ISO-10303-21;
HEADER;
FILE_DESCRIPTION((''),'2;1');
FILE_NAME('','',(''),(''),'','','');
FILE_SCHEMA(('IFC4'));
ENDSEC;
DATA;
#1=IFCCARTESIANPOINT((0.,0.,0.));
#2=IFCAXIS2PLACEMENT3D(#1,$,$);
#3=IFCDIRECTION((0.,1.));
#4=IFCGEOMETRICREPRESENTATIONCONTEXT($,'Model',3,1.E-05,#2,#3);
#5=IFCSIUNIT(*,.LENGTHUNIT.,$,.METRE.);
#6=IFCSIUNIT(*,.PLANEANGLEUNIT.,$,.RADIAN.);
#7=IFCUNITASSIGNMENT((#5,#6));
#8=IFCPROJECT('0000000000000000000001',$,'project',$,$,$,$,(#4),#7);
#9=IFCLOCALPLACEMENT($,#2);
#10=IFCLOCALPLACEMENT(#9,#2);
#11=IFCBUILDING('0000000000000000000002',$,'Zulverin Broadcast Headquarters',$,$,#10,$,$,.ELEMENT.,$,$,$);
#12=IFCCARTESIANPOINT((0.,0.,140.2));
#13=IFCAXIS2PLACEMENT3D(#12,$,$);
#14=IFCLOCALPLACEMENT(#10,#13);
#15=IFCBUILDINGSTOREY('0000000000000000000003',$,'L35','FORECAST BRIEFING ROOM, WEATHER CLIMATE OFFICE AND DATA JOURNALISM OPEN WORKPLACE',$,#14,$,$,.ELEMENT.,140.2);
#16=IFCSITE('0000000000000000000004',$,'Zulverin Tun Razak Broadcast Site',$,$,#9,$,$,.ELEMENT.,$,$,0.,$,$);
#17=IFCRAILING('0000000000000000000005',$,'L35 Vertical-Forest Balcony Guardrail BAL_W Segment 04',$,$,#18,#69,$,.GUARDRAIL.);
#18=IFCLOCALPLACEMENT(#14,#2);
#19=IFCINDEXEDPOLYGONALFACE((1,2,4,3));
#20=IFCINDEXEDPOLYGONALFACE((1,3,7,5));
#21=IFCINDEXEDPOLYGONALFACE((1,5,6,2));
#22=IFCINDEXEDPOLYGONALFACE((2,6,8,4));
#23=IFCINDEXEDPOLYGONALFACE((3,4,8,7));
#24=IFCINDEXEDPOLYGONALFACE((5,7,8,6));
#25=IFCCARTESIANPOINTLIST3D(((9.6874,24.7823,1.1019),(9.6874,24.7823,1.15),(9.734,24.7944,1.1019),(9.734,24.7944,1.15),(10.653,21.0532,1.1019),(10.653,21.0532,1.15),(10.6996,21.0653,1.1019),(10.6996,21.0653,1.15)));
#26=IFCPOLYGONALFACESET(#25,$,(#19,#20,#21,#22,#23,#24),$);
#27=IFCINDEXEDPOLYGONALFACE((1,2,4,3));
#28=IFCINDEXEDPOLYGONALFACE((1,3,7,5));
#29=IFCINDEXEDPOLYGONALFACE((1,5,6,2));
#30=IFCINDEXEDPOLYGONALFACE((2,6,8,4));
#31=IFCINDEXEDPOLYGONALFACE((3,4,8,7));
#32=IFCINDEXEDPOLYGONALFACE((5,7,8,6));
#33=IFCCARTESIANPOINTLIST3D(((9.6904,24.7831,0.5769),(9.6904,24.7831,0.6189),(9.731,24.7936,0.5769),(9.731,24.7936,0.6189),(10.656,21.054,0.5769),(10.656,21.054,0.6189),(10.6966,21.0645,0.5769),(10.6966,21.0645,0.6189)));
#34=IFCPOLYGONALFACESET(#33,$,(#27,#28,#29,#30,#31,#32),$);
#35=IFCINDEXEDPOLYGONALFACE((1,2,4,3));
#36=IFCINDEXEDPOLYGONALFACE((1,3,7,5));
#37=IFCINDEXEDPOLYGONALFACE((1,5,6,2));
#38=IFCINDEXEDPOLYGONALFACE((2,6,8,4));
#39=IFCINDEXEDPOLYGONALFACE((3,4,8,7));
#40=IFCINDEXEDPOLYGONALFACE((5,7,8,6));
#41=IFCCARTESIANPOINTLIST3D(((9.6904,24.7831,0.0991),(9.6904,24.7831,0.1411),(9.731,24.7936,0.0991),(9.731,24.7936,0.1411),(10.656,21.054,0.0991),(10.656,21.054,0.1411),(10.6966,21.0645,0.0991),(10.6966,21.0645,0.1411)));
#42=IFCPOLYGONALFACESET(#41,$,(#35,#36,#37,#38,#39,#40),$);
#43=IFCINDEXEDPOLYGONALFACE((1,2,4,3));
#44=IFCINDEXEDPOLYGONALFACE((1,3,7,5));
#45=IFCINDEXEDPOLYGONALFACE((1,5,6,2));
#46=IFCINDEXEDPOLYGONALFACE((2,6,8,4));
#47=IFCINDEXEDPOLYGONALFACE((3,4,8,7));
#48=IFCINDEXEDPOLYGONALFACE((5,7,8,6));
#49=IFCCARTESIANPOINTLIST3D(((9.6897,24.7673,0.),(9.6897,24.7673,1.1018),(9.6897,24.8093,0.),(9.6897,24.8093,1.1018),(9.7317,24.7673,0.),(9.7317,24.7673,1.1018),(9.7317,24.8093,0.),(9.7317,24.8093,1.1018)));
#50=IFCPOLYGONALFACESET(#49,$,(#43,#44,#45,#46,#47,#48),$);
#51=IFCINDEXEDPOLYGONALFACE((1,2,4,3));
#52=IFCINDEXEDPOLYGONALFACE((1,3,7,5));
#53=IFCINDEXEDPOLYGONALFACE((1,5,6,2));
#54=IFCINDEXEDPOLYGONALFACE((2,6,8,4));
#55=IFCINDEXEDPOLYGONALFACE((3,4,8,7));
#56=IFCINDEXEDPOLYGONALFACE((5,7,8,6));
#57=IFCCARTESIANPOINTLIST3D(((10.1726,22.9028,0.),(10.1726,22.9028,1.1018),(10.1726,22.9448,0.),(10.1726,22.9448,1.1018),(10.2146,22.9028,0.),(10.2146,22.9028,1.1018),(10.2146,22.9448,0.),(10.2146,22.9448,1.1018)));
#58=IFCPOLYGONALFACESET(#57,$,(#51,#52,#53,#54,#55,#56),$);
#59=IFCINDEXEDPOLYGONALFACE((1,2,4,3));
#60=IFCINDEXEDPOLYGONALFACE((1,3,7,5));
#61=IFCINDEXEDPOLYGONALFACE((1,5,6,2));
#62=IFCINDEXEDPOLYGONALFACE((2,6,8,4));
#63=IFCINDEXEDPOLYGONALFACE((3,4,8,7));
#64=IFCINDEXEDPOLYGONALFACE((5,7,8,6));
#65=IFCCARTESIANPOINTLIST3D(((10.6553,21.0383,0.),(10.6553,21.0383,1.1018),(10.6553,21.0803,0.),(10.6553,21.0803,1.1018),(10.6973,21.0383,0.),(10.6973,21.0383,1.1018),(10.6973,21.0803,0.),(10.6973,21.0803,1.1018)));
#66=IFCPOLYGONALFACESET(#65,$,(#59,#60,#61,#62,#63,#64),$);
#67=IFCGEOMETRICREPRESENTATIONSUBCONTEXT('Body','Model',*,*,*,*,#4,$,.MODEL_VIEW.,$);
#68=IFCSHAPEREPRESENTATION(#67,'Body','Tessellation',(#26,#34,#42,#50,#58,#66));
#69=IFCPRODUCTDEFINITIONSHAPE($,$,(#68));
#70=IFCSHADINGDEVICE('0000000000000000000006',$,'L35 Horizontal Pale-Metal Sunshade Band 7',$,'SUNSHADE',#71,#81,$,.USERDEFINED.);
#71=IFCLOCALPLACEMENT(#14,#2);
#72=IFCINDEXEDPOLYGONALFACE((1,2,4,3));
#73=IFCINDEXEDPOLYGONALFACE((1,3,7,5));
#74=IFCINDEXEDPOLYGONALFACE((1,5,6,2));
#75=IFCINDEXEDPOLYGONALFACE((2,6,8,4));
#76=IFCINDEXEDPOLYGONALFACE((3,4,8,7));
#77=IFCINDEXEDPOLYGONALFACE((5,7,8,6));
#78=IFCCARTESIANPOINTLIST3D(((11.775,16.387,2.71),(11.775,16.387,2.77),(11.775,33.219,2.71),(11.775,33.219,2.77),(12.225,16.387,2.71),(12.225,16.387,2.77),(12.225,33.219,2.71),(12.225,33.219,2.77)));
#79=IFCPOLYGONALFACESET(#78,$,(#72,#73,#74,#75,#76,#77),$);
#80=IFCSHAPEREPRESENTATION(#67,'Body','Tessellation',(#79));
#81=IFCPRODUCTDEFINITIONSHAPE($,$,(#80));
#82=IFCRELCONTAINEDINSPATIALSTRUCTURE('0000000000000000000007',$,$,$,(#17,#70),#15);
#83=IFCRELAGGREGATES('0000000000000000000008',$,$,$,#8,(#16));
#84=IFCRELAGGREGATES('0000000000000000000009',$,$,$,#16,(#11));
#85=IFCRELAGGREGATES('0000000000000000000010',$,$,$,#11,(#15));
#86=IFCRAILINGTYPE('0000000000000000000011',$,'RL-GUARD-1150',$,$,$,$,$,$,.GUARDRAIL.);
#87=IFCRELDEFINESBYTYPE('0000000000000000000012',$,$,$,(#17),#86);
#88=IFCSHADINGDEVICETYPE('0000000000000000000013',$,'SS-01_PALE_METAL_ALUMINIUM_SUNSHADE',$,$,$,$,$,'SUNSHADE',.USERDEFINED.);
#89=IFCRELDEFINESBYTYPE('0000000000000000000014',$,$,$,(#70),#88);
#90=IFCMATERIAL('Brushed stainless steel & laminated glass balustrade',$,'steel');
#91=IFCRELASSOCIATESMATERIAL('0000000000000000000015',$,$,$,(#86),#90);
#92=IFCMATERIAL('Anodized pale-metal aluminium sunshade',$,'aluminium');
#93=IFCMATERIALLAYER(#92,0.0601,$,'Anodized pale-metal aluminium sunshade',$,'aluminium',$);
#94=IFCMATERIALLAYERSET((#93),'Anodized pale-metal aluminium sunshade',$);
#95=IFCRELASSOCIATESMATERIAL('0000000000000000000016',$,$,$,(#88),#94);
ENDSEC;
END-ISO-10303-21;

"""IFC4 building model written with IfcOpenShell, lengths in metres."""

from ifc_helpers import new_model, si_unit, direction, frame, origin, origin_2d, place, context, subcontext, project, spatial, rectangle, extrude, material, layer, layer_set, type_object, element, save


model = new_model("IFC4")

# Units and contexts
model_context = context("Model", 3, precision=1e-05, world=origin(), true_north=direction((0.0, 1.0)))
body_context = subcontext(model_context, "Body", "Model", "MODEL_VIEW")
ifc_project = project(units=[si_unit("LENGTHUNIT", "METRE"), si_unit("PLANEANGLEUNIT", "RADIAN")], contexts=[model_context])

# Site, building, storey
site_placement = place(None, origin())
site = spatial("IfcSite", under=ifc_project, at=site_placement, Name="Zulverin Tun Razak Broadcast Site", CompositionType="ELEMENT", RefElevation=0.0)
building_placement = place(site_placement, origin())
building = spatial("IfcBuilding", under=site, at=building_placement, Name="Zulverin Broadcast Headquarters", CompositionType="ELEMENT")
storey_placement = place(building_placement, frame((0.0, 0.0, 140.2)))
storey = spatial("IfcBuildingStorey", under=building, at=storey_placement, Name="L35", Description="FORECAST BRIEFING ROOM, WEATHER CLIMATE OFFICE AND DATA JOURNALISM OPEN WORKPLACE", CompositionType="ELEMENT", Elevation=140.2)

# Railing
ifc_material_1 = material(Name="Brushed stainless steel & laminated glass balustrade", Category="steel")
railing_type = type_object("IfcRailingType", Name="RL-GUARD-1150", PredefinedType="GUARDRAIL", material=ifc_material_1)
railing_1_placement = place(storey_placement, frame((9.7107, 24.7883, 0.0)))
element("IfcRailing", 1, at=railing_1_placement, inside=storey, type_object=railing_type, Name="L35 Vertical-Forest Balcony Guardrail BAL_W Segment 04", PredefinedType="GUARDRAIL", context=body_context, shape_type="SweptSolid", body=[
    extrude(rectangle(XDim=0.0481, YDim=0.0481, at=origin_2d()), frame((0.0, 0.0, 1.126), z_axis=(0.25067, -0.968073, 0.0), x_axis=(0.968073, 0.25067, 0.0)), (0.0, 0.0, 1.0), 3.8521),
    extrude(rectangle(XDim=0.042, YDim=0.042, at=origin_2d()), frame((0.0, 0.0, 0.5979), z_axis=(0.25067, -0.968073, 0.0), x_axis=(0.968073, 0.25067, 0.0)), (0.0, 0.0, 1.0), 3.8521),
    extrude(rectangle(XDim=0.042, YDim=0.042, at=origin_2d()), frame((0.0, 0.0, 0.1201), z_axis=(0.25067, -0.968073, 0.0), x_axis=(0.968073, 0.25067, 0.0)), (0.0, 0.0, 1.0), 3.8521),
    extrude(rectangle(XDim=0.042, YDim=0.042, at=origin_2d()), origin(), (0.0, 0.0, 1.0), 1.1018),
    extrude(rectangle(XDim=0.042, YDim=0.042, at=origin_2d()), frame((0.4829, -1.8645, 0.0)), (0.0, 0.0, 1.0), 1.1018),
    extrude(rectangle(XDim=0.042, YDim=0.042, at=origin_2d()), frame((0.9656, -3.729, 0.0)), (0.0, 0.0, 1.0), 1.1018),
])

# Shading device
ifc_material_2 = material(Name="Anodized pale-metal aluminium sunshade", Category="aluminium")
ifc_layer_1 = layer(ifc_material_2, 0.0601, Name="Anodized pale-metal aluminium sunshade", Category="aluminium")
ifc_layer_set_1 = layer_set([ifc_layer_1], Name="Anodized pale-metal aluminium sunshade")
shading_device_type = type_object("IfcShadingDeviceType", Name="SS-01_PALE_METAL_ALUMINIUM_SUNSHADE", ElementType="SUNSHADE", PredefinedType="USERDEFINED", material=ifc_layer_set_1)
shading_device_placement = place(storey_placement, frame((12.0, 24.803, 2.71), z_axis=(0.0, 0.0, 1.0), x_axis=(0.0, -1.0, 0.0)))
element("IfcShadingDevice", 2, at=shading_device_placement, inside=storey, type_object=shading_device_type, Name="L35 Horizontal Pale-Metal Sunshade Band 7", ObjectType="SUNSHADE", PredefinedType="USERDEFINED", context=body_context, shape_type="SweptSolid", body=[
    extrude(rectangle(XDim=16.832, YDim=0.45, at=origin_2d()), origin(), (0.0, 0.0, 1.0), 0.0601),
])

save(model, "model.ifc")
